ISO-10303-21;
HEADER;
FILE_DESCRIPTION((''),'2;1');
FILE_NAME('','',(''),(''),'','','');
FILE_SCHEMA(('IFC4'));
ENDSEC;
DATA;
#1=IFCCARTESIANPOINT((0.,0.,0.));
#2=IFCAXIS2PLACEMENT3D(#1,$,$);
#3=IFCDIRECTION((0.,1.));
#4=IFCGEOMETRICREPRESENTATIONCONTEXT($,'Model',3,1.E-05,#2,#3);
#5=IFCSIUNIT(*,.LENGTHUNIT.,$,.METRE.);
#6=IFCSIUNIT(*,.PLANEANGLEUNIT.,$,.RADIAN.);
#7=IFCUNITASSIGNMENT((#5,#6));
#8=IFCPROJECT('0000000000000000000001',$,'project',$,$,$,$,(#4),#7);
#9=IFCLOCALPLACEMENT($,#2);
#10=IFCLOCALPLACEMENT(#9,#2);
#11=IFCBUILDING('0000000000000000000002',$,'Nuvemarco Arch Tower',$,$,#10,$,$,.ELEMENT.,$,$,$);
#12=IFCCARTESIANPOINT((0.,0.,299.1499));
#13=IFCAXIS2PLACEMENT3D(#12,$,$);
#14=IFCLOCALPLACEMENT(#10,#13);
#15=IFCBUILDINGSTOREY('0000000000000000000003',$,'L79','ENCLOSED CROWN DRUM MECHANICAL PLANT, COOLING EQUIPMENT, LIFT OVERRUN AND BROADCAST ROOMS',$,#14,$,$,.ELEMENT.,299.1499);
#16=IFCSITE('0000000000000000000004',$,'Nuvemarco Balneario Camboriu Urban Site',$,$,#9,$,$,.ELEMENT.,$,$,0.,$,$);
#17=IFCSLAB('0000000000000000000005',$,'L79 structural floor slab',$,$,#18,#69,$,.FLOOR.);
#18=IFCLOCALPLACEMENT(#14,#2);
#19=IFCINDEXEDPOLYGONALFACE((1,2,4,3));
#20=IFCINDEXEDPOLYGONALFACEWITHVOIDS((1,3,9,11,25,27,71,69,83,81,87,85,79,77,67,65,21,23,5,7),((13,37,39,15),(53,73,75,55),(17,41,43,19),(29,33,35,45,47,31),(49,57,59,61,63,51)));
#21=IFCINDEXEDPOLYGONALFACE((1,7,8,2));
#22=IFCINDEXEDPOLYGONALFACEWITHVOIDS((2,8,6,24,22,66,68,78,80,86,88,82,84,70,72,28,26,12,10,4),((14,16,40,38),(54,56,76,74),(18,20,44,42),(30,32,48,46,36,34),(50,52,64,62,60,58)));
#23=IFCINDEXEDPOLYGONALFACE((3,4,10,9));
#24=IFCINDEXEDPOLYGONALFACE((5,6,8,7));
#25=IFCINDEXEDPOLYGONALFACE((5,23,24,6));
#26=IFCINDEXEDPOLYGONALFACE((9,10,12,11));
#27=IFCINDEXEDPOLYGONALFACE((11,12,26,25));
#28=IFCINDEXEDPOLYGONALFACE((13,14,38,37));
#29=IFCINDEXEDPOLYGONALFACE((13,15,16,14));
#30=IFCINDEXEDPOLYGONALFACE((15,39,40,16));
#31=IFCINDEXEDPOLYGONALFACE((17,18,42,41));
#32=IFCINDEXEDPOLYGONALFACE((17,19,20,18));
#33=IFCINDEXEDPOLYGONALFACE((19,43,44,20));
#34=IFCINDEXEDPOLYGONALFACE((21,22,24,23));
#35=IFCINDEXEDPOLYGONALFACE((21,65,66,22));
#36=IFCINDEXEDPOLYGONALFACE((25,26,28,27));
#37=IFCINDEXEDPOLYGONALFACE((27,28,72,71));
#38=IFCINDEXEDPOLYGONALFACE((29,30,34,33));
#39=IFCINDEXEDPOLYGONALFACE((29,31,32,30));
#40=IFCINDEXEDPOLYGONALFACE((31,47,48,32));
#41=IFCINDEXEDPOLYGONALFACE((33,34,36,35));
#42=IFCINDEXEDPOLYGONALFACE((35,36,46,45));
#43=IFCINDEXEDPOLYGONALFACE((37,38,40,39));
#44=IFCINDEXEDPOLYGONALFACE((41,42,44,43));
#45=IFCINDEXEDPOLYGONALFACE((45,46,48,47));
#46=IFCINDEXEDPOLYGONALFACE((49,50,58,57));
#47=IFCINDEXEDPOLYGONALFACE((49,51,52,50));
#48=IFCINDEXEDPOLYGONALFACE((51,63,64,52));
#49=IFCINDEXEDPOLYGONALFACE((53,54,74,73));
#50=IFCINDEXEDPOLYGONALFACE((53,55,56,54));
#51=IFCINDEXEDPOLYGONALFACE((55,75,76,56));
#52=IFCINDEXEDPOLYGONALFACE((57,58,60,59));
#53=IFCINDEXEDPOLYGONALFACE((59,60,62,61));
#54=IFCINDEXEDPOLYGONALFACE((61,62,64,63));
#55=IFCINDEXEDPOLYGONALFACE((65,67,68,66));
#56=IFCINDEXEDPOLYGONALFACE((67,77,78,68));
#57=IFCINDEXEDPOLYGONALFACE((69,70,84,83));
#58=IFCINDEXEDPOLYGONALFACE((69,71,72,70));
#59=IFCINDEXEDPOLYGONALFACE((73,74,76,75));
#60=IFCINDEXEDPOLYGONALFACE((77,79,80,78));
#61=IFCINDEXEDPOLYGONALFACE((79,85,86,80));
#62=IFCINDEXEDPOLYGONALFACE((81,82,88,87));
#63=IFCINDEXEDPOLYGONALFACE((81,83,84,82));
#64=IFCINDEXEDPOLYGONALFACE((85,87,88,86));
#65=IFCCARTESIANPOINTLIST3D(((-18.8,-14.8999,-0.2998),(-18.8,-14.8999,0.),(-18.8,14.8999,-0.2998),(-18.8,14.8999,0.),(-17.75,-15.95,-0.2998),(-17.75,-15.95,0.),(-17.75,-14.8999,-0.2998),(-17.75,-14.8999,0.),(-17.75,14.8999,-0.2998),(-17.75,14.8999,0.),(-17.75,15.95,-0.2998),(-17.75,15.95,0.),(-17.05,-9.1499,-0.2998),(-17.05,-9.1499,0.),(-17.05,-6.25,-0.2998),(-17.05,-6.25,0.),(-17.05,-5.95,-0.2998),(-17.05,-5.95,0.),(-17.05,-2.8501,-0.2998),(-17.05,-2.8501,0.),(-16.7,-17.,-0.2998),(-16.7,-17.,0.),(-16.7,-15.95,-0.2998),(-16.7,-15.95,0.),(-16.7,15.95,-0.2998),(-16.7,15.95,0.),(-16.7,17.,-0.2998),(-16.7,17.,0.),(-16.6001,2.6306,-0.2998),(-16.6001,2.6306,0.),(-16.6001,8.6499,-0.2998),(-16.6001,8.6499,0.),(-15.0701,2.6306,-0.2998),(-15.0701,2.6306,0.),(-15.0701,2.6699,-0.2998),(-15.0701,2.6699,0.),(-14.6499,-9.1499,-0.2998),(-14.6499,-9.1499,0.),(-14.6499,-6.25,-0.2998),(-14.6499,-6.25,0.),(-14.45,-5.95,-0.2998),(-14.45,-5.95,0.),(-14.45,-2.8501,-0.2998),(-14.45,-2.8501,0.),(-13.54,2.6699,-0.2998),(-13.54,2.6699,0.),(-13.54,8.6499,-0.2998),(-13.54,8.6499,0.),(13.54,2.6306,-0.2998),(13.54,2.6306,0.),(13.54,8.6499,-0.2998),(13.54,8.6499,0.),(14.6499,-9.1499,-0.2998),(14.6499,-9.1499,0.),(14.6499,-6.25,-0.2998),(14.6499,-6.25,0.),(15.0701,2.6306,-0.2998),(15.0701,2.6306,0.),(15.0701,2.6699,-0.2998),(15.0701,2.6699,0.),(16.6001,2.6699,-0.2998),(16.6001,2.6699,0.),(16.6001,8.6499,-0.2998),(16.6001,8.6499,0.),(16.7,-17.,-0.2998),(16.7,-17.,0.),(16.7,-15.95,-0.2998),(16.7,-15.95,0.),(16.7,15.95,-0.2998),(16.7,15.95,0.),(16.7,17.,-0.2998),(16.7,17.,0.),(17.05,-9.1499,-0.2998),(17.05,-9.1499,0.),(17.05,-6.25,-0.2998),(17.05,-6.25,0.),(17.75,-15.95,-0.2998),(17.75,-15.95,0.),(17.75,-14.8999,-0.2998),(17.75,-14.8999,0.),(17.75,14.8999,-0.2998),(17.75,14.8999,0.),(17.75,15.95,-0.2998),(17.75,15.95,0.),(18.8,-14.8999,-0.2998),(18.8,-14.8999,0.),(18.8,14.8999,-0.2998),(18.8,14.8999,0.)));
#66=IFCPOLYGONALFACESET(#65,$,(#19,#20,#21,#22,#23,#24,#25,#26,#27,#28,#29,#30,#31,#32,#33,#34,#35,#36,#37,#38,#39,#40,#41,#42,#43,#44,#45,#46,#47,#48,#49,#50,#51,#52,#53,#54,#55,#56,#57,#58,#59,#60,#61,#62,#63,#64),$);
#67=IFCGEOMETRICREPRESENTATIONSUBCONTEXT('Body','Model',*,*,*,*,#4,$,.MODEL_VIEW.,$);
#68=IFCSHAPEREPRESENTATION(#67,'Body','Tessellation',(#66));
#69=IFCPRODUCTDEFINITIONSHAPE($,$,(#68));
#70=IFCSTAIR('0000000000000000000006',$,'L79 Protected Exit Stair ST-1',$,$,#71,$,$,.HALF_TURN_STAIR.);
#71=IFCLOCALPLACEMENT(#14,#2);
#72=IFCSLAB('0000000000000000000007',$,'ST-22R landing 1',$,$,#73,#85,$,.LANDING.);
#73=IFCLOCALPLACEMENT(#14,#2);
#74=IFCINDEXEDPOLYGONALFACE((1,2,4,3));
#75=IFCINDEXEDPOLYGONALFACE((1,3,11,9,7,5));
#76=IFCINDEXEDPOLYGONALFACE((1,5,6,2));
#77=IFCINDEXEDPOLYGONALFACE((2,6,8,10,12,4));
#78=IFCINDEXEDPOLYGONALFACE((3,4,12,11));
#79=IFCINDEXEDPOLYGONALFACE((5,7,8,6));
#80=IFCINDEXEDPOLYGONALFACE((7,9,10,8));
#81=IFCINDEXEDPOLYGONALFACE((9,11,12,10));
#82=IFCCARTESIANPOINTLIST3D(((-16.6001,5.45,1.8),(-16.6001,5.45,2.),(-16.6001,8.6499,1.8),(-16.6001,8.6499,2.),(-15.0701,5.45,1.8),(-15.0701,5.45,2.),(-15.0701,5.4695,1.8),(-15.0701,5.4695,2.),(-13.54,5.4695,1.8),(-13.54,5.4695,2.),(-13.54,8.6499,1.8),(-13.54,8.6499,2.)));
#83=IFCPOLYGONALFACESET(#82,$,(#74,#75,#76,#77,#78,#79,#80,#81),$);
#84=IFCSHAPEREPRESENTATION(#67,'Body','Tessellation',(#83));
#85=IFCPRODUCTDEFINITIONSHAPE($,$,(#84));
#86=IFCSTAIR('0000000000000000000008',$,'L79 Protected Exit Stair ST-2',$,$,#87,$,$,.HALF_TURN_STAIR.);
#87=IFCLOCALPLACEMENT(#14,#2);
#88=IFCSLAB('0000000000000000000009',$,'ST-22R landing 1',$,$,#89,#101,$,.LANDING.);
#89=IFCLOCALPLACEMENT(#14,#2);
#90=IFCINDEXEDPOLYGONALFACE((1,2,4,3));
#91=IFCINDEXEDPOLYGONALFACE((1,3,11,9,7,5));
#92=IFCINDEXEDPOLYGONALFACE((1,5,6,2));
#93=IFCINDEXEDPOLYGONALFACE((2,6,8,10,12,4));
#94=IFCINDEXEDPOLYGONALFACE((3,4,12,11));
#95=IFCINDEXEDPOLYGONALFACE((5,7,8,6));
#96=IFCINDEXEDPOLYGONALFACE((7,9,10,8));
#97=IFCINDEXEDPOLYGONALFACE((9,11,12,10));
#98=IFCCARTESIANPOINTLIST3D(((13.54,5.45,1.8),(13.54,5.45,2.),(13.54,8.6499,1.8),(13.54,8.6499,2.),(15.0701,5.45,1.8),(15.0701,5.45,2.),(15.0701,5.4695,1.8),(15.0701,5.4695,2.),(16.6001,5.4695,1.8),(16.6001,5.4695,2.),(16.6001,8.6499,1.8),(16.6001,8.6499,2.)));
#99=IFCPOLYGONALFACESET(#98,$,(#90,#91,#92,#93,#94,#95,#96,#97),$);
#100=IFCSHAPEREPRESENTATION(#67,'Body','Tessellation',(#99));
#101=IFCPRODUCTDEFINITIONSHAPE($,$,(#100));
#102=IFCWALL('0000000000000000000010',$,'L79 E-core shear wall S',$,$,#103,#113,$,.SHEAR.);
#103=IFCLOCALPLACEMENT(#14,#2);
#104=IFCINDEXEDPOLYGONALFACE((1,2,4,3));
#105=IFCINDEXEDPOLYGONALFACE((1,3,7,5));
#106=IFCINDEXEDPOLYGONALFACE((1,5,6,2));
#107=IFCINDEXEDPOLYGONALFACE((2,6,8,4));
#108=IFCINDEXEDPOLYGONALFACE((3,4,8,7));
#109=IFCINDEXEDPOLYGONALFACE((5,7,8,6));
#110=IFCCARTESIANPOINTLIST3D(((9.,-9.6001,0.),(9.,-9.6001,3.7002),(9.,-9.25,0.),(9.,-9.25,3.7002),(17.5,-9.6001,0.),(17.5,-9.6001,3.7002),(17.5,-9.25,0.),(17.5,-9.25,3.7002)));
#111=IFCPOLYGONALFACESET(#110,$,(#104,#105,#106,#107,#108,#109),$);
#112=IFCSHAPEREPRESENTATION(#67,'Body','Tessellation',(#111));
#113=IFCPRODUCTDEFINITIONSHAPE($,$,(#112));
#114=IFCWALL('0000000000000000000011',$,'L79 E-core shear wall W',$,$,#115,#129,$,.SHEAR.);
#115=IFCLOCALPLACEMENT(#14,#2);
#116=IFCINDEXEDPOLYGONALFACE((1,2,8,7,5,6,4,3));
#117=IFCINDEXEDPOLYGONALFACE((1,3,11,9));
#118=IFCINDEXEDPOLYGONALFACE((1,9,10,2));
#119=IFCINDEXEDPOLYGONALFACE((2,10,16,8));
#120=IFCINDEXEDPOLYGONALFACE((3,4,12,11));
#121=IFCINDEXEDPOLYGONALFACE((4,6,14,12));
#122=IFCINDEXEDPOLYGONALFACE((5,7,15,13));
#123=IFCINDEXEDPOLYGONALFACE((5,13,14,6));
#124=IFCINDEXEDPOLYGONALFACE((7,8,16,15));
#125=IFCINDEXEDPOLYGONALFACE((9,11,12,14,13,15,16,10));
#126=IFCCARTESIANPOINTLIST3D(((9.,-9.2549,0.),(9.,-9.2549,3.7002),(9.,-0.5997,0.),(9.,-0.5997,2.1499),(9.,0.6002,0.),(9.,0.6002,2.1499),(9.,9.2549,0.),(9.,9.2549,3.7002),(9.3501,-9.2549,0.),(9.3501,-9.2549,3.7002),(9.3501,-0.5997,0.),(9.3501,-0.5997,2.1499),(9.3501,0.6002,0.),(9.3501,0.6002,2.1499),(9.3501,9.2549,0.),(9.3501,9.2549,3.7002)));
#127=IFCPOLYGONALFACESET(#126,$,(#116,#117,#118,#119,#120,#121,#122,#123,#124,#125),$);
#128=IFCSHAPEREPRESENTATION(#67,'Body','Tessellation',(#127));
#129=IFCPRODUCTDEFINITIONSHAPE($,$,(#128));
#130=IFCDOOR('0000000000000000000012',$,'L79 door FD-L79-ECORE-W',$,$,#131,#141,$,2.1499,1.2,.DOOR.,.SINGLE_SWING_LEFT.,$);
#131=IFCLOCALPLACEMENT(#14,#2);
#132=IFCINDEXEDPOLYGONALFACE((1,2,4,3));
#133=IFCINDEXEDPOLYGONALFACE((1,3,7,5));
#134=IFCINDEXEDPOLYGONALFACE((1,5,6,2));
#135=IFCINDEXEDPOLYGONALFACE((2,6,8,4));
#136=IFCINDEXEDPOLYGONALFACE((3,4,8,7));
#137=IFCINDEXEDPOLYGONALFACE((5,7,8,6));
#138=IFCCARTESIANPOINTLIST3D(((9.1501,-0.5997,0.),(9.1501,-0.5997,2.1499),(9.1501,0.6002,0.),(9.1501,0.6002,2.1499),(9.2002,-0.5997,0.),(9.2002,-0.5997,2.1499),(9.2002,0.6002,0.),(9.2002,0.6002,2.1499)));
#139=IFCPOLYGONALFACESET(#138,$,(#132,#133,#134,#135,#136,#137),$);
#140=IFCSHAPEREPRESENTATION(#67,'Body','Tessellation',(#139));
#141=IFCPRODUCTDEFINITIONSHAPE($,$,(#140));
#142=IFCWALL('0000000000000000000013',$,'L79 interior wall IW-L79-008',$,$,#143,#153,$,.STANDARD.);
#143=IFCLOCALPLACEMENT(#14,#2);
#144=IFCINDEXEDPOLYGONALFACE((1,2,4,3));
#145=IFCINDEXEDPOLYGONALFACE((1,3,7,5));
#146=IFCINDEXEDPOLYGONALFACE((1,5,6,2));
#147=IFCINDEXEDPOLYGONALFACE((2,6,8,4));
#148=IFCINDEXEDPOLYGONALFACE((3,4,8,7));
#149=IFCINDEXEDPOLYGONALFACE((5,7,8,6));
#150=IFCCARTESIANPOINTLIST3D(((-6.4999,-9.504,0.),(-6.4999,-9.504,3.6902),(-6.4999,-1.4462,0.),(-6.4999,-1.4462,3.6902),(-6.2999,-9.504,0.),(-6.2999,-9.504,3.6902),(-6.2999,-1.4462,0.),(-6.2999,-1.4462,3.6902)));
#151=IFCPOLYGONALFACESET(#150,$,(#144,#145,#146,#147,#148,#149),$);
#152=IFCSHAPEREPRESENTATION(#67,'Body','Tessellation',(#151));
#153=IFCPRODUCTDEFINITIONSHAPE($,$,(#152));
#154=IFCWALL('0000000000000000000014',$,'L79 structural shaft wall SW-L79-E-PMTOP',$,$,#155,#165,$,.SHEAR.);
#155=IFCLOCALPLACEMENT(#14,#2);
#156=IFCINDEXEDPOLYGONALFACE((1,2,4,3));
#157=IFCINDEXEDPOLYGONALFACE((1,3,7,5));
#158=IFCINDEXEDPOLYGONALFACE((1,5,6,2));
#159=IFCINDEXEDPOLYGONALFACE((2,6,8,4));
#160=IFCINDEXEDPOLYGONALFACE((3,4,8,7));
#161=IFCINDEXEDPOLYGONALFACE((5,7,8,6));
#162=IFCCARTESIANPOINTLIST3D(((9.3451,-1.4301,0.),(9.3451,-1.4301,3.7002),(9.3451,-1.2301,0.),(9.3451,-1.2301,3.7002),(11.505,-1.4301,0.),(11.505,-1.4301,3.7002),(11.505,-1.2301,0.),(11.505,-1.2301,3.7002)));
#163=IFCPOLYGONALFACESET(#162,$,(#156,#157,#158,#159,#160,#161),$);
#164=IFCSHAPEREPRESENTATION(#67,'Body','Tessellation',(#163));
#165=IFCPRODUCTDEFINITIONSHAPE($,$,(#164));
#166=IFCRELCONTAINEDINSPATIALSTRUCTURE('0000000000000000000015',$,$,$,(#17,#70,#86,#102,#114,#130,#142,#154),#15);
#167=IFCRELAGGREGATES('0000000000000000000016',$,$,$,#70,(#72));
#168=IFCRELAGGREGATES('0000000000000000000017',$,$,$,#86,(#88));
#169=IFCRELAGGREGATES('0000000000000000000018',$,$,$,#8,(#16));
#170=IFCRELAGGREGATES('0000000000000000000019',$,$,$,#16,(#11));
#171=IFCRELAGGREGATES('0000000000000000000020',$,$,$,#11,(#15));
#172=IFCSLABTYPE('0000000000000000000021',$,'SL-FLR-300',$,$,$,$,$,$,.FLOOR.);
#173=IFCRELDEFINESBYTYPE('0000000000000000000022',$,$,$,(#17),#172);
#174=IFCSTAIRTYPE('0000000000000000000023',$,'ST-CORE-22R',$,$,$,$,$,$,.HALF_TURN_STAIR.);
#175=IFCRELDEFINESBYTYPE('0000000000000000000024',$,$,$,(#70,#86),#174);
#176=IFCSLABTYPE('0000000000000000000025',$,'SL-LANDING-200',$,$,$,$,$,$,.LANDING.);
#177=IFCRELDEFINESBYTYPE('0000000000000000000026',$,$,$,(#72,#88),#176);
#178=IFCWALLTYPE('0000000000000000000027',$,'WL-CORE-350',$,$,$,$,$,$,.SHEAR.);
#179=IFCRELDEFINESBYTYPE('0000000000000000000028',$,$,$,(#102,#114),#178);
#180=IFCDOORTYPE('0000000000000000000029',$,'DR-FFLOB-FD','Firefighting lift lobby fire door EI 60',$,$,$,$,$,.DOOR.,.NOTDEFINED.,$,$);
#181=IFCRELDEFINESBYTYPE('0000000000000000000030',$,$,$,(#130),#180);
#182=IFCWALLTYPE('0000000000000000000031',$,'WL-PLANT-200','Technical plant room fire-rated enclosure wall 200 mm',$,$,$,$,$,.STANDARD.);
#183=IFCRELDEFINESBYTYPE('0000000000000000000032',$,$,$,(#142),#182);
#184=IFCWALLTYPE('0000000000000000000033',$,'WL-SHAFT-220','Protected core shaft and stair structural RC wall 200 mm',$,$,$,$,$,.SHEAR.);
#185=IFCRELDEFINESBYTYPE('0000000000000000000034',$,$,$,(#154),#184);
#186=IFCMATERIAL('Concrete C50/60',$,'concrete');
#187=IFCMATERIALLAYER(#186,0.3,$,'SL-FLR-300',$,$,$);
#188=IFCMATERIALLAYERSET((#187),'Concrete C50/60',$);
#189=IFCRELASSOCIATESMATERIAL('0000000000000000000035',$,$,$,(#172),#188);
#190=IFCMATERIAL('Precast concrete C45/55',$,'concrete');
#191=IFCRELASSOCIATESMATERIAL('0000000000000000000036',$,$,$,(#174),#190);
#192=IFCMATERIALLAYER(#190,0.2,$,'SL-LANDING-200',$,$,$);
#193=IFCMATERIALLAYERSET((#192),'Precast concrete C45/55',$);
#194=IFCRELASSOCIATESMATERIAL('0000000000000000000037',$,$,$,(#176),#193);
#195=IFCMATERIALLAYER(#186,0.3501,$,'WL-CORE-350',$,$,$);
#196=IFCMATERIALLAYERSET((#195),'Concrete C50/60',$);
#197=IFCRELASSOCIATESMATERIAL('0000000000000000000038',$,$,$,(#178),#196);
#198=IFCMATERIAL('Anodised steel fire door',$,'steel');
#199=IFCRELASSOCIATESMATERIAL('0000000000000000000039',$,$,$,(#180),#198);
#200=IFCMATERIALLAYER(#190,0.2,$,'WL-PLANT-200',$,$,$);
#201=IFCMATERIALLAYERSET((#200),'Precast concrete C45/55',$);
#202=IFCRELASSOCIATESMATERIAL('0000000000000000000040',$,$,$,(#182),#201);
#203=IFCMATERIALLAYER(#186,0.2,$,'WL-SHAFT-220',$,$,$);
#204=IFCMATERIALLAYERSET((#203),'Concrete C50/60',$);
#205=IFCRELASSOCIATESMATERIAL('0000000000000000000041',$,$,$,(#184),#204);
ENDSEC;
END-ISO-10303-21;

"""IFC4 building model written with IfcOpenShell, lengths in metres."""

from ifc_helpers import new_model, si_unit, direction, frame, frame_2d, origin, place, context, subcontext, project, spatial, polyline, rectangle, outline, extrude, source, transform, mapped, material, layer, layer_set, type_object, type_shapes, element, fill, aggregate, save


model = new_model("IFC4")

# Units and contexts
model_context = context("Model", 3, precision=1e-05, world=origin(), true_north=direction((0.0, 1.0)))
body_context = subcontext(model_context, "Body", "Model", "MODEL_VIEW")
ifc_project = project(units=[si_unit("LENGTHUNIT", "METRE"), si_unit("PLANEANGLEUNIT", "RADIAN")], contexts=[model_context])

# Site, building, storey
site_placement = place(None, origin())
site = spatial("IfcSite", under=ifc_project, at=site_placement, Name="Nuvemarco Balneario Camboriu Urban Site", CompositionType="ELEMENT", RefElevation=0.0)
building_placement = place(site_placement, origin())
building = spatial("IfcBuilding", under=site, at=building_placement, Name="Nuvemarco Arch Tower", CompositionType="ELEMENT")
storey_placement = place(building_placement, frame((0.0, 0.0, 299.1499)))
storey = spatial("IfcBuildingStorey", under=building, at=storey_placement, Name="L79", Description="ENCLOSED CROWN DRUM MECHANICAL PLANT, COOLING EQUIPMENT, LIFT OVERRUN AND BROADCAST ROOMS", CompositionType="ELEMENT", Elevation=299.1499)

# Shared definitions
ifc_material_1 = material(Name="Concrete C50/60", Category="concrete")

# Slab
ifc_layer_1 = layer(ifc_material_1, 0.3, Name="SL-FLR-300")
ifc_layer_set_1 = layer_set([ifc_layer_1], Name="Concrete C50/60")
slab_type_1 = type_object("IfcSlabType", Name="SL-FLR-300", PredefinedType="FLOOR", material=ifc_layer_set_1)
slab_1_placement = place(storey_placement, frame((0.0, 0.0, -0.2998)))
element("IfcSlab", 1, at=slab_1_placement, inside=storey, type_object=slab_type_1, Name="L79 structural floor slab", PredefinedType="FLOOR", context=body_context, shape_type="SweptSolid", body=[
    extrude(outline(polyline([(-16.7, -17.0), (16.7, -17.0), (16.7, -15.95), (17.75, -15.95), (17.75, -14.8999), (18.8, -14.8999), (18.8, 14.8999), (17.75, 14.8999), (17.75, 15.95), (16.7, 15.95), (16.7, 17.0), (-16.7, 17.0), (-16.7, 15.95), (-17.75, 15.95), (-17.75, 14.8999), (-18.8, 14.8999), (-18.8, -14.8999), (-17.75, -14.8999), (-17.75, -15.95), (-16.7, -15.95), (-16.7, -17.0)]), holes=[polyline([(-13.54, 2.6699), (-13.54, 8.6499), (-16.6001, 8.6499), (-16.6001, 2.6306), (-15.0701, 2.6306), (-15.0701, 2.6699), (-13.54, 2.6699)]), polyline([(16.6001, 2.6699), (16.6001, 8.6499), (13.54, 8.6499), (13.54, 2.6306), (15.0701, 2.6306), (15.0701, 2.6699), (16.6001, 2.6699)]), polyline([(-17.05, -9.1499), (-14.6499, -9.1499), (-14.6499, -6.25), (-17.05, -6.25), (-17.05, -9.1499)]), polyline([(-17.05, -5.95), (-14.45, -5.95), (-14.45, -2.8501), (-17.05, -2.8501), (-17.05, -5.95)]), polyline([(14.6499, -9.1499), (17.05, -9.1499), (17.05, -6.25), (14.6499, -6.25), (14.6499, -9.1499)])]), origin(), (0.0, 0.0, 1.0), 0.2998),
])

# Stairs, slabs
ifc_material_2 = material(Name="Precast concrete C45/55", Category="concrete")
stair_type = type_object("IfcStairType", Name="ST-CORE-22R", PredefinedType="HALF_TURN_STAIR", material=ifc_material_2)
stair_1_placement = place(storey_placement, origin())
stair_1 = element("IfcStair", 2, at=stair_1_placement, inside=storey, type_object=stair_type, Name="L79 Protected Exit Stair ST-1", PredefinedType="HALF_TURN_STAIR")
ifc_layer_2 = layer(ifc_material_2, 0.2, Name="SL-LANDING-200")
ifc_layer_set_2 = layer_set([ifc_layer_2], Name="Precast concrete C45/55")
slab_type_2 = type_object("IfcSlabType", Name="SL-LANDING-200", PredefinedType="LANDING", material=ifc_layer_set_2)
slab_2_placement = place(storey_placement, frame((0.0, 0.0, 1.8)))
slab_2 = element("IfcSlab", 3, at=slab_2_placement, type_object=slab_type_2, Name="ST-22R landing 1", PredefinedType="LANDING", context=body_context, shape_type="SweptSolid", body=[
    extrude(outline(polyline([(-13.54, 5.4695), (-13.54, 8.6499), (-16.6001, 8.6499), (-16.6001, 5.45), (-15.0701, 5.45), (-15.0701, 5.4695), (-13.54, 5.4695)])), origin(), (0.0, 0.0, 1.0), 0.2),
])
aggregate(stair_1, [slab_2])
stair_2_placement = place(storey_placement, origin())
stair_2 = element("IfcStair", 4, at=stair_2_placement, inside=storey, type_object=stair_type, Name="L79 Protected Exit Stair ST-2", PredefinedType="HALF_TURN_STAIR")
slab_3_placement = place(storey_placement, frame((0.0, 0.0, 1.8)))
slab_3 = element("IfcSlab", 5, at=slab_3_placement, type_object=slab_type_2, Name="ST-22R landing 1", PredefinedType="LANDING", context=body_context, shape_type="SweptSolid", body=[
    extrude(outline(polyline([(16.6001, 5.4695), (16.6001, 8.6499), (13.54, 8.6499), (13.54, 5.45), (15.0701, 5.45), (15.0701, 5.4695), (16.6001, 5.4695)])), origin(), (0.0, 0.0, 1.0), 0.2),
])
aggregate(stair_2, [slab_3])

# Wall
ifc_layer_3 = layer(ifc_material_1, 0.3501, Name="WL-CORE-350")
ifc_layer_set_3 = layer_set([ifc_layer_3], Name="Concrete C50/60")
wall_type_1 = type_object("IfcWallType", Name="WL-CORE-350", PredefinedType="SHEAR", material=ifc_layer_set_3)
wall_1_placement = place(storey_placement, frame((9.0, -9.425, 0.0), z_axis=(0.0, 0.0, 1.0), x_axis=(1.0, 0.0, 0.0)))
element("IfcWall", 6, at=wall_1_placement, inside=storey, type_object=wall_type_1, Name="L79 E-core shear wall S", PredefinedType="SHEAR", context=body_context, shape_type="SweptSolid", body=[
    extrude(rectangle(XDim=8.5, YDim=0.3501, at=frame_2d((4.25, 0.0))), origin(), (0.0, 0.0, 1.0), 3.7002),
])

# Wall, opening, door
wall_2_placement = place(storey_placement, frame((9.175, -9.2549, 0.0), z_axis=(0.0, 0.0, 1.0), x_axis=(0.0, 1.0, 0.0)))
wall_2 = element("IfcWall", 7, at=wall_2_placement, inside=storey, type_object=wall_type_1, Name="L79 E-core shear wall W", PredefinedType="SHEAR", context=body_context, shape_type="SweptSolid", body=[
    extrude(rectangle(XDim=18.5098, YDim=0.3501, at=frame_2d((9.2549, 0.0))), origin(), (0.0, 0.0, 1.0), 3.7002),
])
opening_placement = place(wall_2_placement, frame((8.655, 0.0, 0.0)))
opening = element("IfcOpeningElement", 8, at=opening_placement, cuts=wall_2, PredefinedType="OPENING", context=body_context, shape_type="SweptSolid", body=[
    extrude(rectangle(XDim=1.2, YDim=2.1499, at=frame_2d((0.6001, 1.075))), frame((0.0, 0.1851, 0.0), z_axis=(0.0, -1.0, 0.0), x_axis=(1.0, 0.0, 0.0)), (0.0, 0.0, 1.0), 0.3701),
])
ifc_material_3 = material(Name="Anodised steel fire door", Category="steel")
door_type = type_object("IfcDoorType", Name="DR-FFLOB-FD", Description="Firefighting lift lobby fire door EI 60", OperationType="NOTDEFINED", PredefinedType="DOOR", material=ifc_material_3)
shared_shape = source(origin(), body_context, "Body", "SweptSolid", [
    extrude(rectangle(XDim=1.2, YDim=2.1499, at=frame_2d((0.6001, 1.075))), frame((0.0, 0.0249, 0.0), z_axis=(0.0, -1.0, 0.0), x_axis=(1.0, 0.0, 0.0)), (0.0, 0.0, 1.0), 0.05),
])
type_shapes(door_type, [shared_shape])
door_placement = place(opening_placement, origin())
door = element("IfcDoor", 9, at=door_placement, inside=storey, type_object=door_type, Name="L79 door FD-L79-ECORE-W", OperationType="SINGLE_SWING_LEFT", OverallHeight=2.1499, OverallWidth=1.2, PredefinedType="DOOR", context=body_context, shape_type="MappedRepresentation", body=[
    mapped(shared_shape, transform((0.0, 0.0, 0.0), scale=1.0)),
])
fill(opening, door)

# Walls
ifc_layer_4 = layer(ifc_material_2, 0.2, Name="WL-PLANT-200")
ifc_layer_set_4 = layer_set([ifc_layer_4], Name="Precast concrete C45/55")
wall_type_2 = type_object("IfcWallType", Name="WL-PLANT-200", Description="Technical plant room fire-rated enclosure wall 200 mm", PredefinedType="STANDARD", material=ifc_layer_set_4)
wall_3_placement = place(storey_placement, frame((-6.3999, -9.5039, 0.0), z_axis=(0.0, 0.0, 1.0), x_axis=(0.0, 1.0, 0.0)))
element("IfcWall", 10, at=wall_3_placement, inside=storey, type_object=wall_type_2, Name="L79 interior wall IW-L79-008", PredefinedType="STANDARD", context=body_context, shape_type="SweptSolid", body=[
    extrude(rectangle(XDim=8.0579, YDim=0.2, at=frame_2d((4.0288, 0.0))), origin(), (0.0, 0.0, 1.0), 3.6902),
])
ifc_layer_5 = layer(ifc_material_1, 0.2, Name="WL-SHAFT-220")
ifc_layer_set_5 = layer_set([ifc_layer_5], Name="Concrete C50/60")
wall_type_3 = type_object("IfcWallType", Name="WL-SHAFT-220", Description="Protected core shaft and stair structural RC wall 200 mm", PredefinedType="SHEAR", material=ifc_layer_set_5)
wall_4_placement = place(storey_placement, frame((9.345, -1.3301, 0.0), z_axis=(0.0, 0.0, 1.0), x_axis=(1.0, 0.0, 0.0)))
element("IfcWall", 11, at=wall_4_placement, inside=storey, type_object=wall_type_3, Name="L79 structural shaft wall SW-L79-E-PMTOP", PredefinedType="SHEAR", context=body_context, shape_type="SweptSolid", body=[
    extrude(rectangle(XDim=2.1599, YDim=0.2, at=frame_2d((1.0801, 0.0))), origin(), (0.0, 0.0, 1.0), 3.7002),
])

save(model, "model.ifc")
